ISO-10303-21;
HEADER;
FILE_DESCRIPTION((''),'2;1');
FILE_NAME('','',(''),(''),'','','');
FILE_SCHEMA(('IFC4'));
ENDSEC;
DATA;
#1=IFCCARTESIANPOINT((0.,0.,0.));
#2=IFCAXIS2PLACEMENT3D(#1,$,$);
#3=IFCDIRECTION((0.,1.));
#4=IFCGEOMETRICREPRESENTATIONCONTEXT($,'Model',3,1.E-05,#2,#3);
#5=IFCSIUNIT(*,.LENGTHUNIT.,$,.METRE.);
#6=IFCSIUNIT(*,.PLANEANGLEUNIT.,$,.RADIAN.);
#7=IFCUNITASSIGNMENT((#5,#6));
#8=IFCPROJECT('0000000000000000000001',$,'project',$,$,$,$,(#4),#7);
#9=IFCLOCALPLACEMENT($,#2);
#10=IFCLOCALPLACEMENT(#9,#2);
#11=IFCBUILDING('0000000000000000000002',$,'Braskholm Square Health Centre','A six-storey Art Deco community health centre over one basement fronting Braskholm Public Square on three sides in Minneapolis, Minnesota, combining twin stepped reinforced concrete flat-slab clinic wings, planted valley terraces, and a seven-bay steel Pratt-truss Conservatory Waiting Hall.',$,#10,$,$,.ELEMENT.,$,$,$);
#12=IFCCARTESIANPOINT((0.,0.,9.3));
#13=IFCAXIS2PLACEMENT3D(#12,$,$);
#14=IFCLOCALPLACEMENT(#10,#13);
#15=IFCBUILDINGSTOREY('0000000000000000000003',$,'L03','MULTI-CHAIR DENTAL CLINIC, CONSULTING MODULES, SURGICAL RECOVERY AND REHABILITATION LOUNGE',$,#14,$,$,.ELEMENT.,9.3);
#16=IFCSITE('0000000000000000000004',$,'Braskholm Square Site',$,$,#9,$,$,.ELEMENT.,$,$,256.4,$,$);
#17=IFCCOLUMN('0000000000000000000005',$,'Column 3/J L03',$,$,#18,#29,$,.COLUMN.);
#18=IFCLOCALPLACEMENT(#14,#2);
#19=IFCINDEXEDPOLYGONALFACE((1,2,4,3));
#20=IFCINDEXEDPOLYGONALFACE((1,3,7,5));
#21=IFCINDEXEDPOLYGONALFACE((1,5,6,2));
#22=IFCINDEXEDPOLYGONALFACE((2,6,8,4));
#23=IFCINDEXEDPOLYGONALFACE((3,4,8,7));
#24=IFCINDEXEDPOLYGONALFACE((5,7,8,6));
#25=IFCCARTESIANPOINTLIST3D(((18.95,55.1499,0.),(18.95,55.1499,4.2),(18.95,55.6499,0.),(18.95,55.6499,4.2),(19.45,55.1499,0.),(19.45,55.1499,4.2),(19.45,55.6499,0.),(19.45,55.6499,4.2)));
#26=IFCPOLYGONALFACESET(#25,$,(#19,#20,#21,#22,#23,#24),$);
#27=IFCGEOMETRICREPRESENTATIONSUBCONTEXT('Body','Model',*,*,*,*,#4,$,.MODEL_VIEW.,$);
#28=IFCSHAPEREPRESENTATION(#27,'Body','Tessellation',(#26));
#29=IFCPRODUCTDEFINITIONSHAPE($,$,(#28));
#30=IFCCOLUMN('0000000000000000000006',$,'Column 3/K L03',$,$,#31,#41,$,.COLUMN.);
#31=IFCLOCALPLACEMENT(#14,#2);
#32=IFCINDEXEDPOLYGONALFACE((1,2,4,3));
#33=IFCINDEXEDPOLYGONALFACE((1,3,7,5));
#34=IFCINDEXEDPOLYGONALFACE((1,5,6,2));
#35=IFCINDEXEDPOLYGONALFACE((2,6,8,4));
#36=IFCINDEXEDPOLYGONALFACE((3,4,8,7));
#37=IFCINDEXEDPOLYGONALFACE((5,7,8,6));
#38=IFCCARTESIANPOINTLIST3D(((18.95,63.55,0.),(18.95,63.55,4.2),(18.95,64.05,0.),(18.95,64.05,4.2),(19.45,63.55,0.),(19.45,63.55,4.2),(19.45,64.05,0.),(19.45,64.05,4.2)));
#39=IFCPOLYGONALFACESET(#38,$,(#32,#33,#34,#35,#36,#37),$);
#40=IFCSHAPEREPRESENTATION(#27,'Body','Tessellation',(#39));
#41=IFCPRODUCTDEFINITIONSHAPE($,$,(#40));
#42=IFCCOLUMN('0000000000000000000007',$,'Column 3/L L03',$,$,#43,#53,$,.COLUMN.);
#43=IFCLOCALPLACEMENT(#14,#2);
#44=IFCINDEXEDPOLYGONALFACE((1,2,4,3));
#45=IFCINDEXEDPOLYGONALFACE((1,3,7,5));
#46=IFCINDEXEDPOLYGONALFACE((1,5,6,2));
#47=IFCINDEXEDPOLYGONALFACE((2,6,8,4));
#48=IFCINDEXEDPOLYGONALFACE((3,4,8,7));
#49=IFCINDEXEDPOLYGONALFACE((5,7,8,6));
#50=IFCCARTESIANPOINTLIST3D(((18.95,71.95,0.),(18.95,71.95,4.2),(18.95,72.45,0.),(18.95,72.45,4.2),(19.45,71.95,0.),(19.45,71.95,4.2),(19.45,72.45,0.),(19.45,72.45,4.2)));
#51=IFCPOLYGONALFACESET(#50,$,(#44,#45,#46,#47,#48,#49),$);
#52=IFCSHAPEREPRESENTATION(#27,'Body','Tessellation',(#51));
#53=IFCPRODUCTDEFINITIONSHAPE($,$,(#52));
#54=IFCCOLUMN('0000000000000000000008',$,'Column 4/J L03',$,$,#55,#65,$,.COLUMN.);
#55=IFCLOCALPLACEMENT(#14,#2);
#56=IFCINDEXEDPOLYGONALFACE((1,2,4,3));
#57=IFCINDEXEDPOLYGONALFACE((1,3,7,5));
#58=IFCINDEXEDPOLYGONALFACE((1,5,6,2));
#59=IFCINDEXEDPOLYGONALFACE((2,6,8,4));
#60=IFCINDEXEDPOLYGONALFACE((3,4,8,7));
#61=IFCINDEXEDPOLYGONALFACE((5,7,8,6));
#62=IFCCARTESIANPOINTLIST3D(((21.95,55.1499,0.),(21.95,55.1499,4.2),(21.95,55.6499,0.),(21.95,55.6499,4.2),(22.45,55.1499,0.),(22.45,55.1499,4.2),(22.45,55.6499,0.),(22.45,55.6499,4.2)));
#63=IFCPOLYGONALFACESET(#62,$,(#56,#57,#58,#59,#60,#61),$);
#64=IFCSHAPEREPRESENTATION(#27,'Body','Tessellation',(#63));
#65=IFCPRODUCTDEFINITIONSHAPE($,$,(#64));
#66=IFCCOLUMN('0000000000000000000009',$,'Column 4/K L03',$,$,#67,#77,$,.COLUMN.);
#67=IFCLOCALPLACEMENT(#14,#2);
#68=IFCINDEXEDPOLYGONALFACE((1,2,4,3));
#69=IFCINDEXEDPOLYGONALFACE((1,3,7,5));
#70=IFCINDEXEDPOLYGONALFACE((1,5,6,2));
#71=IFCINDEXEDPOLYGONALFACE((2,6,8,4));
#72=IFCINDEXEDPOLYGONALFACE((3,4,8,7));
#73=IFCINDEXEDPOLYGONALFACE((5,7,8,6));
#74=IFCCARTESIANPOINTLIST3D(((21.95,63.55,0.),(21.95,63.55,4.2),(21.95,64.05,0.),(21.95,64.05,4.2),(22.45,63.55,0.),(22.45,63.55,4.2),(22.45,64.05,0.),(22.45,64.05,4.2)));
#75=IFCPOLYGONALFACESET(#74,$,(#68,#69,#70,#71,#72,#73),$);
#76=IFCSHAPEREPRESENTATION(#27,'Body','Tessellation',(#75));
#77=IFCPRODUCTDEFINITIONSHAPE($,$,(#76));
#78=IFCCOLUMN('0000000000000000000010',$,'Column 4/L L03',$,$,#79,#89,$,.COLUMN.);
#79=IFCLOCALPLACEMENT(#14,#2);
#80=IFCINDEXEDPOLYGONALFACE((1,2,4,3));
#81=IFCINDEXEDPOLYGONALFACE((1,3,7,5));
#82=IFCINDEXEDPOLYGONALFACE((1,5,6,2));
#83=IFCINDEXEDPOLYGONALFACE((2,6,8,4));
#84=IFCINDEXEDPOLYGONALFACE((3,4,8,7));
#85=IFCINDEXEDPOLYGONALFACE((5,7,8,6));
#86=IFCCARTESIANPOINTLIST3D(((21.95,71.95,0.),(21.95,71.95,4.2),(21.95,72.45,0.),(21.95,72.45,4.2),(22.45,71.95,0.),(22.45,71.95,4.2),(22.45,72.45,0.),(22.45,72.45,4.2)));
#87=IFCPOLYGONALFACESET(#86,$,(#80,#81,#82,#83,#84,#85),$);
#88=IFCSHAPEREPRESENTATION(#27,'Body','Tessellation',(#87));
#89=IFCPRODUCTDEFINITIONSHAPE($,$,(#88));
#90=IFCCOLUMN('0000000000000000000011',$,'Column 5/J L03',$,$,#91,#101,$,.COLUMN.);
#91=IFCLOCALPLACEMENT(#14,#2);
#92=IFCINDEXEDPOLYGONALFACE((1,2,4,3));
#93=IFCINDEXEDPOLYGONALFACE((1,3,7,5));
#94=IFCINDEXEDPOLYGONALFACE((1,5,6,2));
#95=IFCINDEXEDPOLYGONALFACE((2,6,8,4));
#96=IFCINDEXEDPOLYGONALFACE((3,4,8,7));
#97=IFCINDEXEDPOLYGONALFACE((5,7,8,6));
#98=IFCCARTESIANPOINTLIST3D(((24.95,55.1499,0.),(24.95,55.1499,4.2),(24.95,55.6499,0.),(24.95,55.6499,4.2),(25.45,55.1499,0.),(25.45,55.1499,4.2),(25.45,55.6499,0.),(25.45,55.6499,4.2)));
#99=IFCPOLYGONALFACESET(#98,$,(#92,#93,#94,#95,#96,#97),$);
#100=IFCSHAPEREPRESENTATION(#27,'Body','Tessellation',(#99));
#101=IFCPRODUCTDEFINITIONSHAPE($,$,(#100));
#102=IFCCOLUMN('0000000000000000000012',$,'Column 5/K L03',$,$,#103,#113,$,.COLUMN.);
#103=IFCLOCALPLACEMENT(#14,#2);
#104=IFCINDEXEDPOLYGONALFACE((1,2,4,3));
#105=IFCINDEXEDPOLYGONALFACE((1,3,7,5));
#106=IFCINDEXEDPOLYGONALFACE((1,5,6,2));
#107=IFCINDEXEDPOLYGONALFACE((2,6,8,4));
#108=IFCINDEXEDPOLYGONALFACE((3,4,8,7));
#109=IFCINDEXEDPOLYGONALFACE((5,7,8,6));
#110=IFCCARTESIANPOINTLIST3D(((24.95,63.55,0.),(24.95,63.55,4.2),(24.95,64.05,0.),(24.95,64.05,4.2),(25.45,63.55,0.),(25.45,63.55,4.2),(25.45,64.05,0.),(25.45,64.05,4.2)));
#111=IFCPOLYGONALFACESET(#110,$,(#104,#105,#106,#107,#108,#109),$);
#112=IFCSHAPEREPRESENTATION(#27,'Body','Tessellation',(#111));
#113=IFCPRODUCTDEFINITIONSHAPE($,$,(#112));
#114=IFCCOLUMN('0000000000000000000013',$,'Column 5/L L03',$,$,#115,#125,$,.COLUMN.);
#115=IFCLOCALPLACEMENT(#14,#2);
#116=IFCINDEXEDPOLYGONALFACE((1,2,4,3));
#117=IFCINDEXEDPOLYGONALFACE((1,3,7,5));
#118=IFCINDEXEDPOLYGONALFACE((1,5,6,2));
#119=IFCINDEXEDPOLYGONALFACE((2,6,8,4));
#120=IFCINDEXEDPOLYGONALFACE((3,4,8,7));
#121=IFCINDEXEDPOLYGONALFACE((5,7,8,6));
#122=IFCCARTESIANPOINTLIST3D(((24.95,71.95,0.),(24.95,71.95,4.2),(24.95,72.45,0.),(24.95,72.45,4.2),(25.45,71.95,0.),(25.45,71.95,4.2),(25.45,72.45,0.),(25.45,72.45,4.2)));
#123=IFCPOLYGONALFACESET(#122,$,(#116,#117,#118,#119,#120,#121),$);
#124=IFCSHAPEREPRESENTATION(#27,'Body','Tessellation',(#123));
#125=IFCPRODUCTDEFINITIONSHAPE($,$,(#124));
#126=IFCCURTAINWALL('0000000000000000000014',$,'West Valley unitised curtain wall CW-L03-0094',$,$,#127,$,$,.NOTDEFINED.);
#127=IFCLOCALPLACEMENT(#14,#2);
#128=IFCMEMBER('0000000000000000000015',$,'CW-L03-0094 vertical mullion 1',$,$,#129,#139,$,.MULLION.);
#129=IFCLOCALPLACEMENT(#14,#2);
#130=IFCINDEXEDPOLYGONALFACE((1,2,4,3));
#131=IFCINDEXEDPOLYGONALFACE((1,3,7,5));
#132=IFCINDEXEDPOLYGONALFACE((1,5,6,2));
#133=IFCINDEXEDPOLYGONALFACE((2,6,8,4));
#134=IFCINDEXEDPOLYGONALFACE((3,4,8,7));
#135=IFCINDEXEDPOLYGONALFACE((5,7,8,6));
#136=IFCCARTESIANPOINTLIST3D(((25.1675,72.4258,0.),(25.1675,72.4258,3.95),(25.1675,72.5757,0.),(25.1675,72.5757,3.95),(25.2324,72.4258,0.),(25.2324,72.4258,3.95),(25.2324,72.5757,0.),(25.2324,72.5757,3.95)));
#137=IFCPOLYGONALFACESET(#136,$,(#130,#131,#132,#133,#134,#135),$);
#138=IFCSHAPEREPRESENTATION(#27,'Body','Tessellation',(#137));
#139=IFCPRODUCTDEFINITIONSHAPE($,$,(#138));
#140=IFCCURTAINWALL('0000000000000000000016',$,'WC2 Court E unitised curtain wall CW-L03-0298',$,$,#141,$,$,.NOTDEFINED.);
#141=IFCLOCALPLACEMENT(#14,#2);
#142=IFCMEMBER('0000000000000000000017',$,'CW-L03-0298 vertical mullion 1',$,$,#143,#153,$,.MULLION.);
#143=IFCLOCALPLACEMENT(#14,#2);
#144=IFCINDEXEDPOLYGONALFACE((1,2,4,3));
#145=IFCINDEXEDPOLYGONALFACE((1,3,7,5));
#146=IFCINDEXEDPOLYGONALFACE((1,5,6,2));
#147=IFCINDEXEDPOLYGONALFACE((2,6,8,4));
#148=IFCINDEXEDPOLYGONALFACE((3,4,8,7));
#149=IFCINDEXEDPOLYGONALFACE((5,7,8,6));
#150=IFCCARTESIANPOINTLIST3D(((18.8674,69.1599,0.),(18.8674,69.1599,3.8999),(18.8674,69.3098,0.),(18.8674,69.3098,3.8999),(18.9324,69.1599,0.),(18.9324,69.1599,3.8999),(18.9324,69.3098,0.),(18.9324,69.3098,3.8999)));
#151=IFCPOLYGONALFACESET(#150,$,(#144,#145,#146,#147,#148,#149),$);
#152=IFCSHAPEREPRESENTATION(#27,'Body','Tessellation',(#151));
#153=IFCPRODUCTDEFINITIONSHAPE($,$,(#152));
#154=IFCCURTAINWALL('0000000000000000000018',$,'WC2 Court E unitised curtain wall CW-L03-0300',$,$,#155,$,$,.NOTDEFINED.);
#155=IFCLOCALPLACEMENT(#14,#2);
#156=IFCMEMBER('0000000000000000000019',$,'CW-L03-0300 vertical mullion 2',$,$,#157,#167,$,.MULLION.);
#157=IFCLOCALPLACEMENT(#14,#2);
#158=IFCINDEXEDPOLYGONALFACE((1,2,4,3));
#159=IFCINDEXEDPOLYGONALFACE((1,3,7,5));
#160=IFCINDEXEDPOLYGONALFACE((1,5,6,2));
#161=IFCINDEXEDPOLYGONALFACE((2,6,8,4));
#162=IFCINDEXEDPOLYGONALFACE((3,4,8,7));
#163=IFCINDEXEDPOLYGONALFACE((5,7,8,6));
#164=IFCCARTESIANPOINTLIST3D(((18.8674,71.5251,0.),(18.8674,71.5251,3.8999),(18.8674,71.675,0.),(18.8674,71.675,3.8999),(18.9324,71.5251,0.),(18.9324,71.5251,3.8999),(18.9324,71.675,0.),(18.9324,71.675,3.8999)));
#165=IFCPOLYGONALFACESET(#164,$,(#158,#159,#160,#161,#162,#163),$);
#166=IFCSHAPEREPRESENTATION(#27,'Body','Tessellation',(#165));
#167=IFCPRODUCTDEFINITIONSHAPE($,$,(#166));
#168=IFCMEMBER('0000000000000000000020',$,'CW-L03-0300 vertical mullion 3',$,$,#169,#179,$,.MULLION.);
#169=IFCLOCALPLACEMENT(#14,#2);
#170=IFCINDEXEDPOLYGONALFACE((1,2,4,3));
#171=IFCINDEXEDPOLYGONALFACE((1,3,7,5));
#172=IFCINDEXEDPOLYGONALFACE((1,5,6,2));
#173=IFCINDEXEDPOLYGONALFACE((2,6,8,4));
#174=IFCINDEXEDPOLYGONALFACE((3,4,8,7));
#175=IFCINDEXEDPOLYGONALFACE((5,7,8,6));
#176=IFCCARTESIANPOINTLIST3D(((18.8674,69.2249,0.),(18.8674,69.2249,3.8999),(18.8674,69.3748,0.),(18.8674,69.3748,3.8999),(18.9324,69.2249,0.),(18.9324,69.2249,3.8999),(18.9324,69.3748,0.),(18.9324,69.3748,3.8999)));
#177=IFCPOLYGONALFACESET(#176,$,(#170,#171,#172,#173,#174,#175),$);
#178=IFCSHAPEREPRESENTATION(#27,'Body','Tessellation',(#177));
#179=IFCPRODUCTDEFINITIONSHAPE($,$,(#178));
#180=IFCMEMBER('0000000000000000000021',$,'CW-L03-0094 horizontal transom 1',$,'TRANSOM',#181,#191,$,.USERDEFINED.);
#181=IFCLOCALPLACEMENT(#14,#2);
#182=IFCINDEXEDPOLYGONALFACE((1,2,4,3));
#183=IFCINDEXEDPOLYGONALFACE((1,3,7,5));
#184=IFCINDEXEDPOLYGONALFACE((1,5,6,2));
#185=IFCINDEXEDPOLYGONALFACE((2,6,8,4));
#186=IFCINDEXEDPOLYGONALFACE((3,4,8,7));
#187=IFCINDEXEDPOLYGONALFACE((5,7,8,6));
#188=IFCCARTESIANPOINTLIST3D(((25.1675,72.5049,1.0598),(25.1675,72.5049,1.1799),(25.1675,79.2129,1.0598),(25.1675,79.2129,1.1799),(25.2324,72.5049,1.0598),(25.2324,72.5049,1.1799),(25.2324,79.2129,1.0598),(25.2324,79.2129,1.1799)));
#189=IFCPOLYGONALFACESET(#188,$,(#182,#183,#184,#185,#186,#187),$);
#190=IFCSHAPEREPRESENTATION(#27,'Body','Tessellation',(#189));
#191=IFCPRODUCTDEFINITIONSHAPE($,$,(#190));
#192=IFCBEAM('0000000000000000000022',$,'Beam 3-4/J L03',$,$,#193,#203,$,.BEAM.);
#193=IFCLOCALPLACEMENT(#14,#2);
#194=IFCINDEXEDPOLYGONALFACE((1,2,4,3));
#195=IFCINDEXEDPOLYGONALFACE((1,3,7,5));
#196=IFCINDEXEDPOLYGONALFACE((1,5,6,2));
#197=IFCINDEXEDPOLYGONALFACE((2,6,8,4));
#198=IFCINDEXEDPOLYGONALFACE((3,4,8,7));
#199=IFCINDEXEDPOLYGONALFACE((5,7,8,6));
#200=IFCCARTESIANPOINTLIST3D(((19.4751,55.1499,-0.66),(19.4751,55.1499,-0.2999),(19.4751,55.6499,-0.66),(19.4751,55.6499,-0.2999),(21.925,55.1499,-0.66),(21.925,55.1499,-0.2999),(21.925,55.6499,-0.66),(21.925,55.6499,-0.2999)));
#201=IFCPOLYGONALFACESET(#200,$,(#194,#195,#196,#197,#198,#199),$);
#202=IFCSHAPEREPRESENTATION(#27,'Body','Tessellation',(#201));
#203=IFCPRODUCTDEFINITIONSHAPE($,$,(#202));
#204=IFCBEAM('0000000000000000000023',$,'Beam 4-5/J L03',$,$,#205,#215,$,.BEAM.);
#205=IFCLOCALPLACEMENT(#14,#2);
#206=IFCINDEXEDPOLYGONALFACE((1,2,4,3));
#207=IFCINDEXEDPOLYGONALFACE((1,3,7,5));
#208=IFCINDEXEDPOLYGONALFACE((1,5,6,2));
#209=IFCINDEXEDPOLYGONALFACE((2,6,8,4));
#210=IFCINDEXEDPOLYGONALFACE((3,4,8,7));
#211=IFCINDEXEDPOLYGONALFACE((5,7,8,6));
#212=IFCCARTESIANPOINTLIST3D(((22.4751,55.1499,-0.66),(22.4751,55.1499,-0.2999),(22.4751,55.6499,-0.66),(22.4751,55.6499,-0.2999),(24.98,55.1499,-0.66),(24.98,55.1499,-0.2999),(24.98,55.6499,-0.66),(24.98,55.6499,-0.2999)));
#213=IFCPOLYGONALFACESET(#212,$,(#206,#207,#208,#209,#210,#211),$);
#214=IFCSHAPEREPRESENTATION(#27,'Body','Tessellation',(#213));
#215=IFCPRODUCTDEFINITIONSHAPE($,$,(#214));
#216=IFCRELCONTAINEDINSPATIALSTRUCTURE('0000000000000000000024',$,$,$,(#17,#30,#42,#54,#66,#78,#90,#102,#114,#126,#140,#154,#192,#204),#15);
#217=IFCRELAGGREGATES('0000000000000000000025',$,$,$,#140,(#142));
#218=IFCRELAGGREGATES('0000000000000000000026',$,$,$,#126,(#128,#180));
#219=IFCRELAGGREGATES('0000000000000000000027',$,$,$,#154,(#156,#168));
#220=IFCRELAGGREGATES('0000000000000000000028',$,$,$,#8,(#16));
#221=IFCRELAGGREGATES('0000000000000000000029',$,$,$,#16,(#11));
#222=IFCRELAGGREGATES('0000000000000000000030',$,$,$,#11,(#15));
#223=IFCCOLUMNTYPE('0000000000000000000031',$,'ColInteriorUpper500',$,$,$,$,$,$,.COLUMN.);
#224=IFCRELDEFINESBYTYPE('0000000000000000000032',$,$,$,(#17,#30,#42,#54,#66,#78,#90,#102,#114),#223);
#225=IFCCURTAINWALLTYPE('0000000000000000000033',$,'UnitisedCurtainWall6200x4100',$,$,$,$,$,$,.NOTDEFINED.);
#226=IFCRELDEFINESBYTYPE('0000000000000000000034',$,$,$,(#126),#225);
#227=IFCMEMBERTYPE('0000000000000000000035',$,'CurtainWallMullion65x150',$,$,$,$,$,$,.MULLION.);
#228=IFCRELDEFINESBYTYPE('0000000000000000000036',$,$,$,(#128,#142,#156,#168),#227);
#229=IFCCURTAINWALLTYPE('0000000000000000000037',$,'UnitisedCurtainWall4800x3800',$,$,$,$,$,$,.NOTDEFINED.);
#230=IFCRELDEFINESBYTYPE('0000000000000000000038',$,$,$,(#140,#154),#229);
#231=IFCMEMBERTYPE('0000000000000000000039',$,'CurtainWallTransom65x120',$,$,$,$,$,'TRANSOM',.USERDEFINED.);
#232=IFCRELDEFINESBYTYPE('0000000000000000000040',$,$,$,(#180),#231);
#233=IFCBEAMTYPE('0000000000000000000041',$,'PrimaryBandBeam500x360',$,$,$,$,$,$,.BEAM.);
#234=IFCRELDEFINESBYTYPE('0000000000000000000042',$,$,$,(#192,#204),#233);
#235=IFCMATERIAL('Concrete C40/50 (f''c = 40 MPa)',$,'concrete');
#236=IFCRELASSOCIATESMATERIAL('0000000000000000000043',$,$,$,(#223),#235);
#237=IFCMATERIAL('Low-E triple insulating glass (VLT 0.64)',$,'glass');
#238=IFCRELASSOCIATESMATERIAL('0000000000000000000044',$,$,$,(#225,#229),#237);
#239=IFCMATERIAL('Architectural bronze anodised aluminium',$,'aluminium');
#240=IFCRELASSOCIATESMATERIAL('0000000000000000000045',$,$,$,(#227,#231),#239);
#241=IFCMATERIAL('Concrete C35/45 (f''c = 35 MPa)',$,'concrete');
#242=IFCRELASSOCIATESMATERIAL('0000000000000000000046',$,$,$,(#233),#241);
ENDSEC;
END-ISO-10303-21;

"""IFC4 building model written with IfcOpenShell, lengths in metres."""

from ifc_helpers import new_model, si_unit, direction, frame, origin, origin_2d, place, context, subcontext, project, spatial, rectangle, extrude, material, material_profile, profile_set, type_object, element, aggregate, save


model = new_model("IFC4")

# Units and contexts
model_context = context("Model", 3, precision=1e-05, world=origin(), true_north=direction((0.0, 1.0)))
body_context = subcontext(model_context, "Body", "Model", "MODEL_VIEW")
ifc_project = project(units=[si_unit("LENGTHUNIT", "METRE"), si_unit("PLANEANGLEUNIT", "RADIAN")], contexts=[model_context])

# Site, building, storey
site_placement = place(None, origin())
site = spatial("IfcSite", under=ifc_project, at=site_placement, Name="Braskholm Square Site", CompositionType="ELEMENT", RefElevation=256.4)
building_placement = place(site_placement, origin())
building = spatial("IfcBuilding", under=site, at=building_placement, Name="Braskholm Square Health Centre", Description="A six-storey Art Deco community health centre over one basement fronting Braskholm Public Square on three sides in Minneapolis, Minnesota, combining twin stepped reinforced concrete flat-slab clinic wings, planted valley terraces, and a seven-bay steel Pratt-truss Conservatory Waiting Hall.", CompositionType="ELEMENT")
storey_placement = place(building_placement, frame((0.0, 0.0, 9.3)))
storey = spatial("IfcBuildingStorey", under=building, at=storey_placement, Name="L03", Description="MULTI-CHAIR DENTAL CLINIC, CONSULTING MODULES, SURGICAL RECOVERY AND REHABILITATION LOUNGE", CompositionType="ELEMENT", Elevation=9.3)

# Columns
ifc_material_1 = material(Name="Concrete C40/50 (f'c = 40 MPa)", Category="concrete")
ifc_material_profile_1 = material_profile(ifc_material_1, rectangle(XDim=0.5, YDim=0.5, at=origin_2d()), Name="RC-500X500")
ifc_profile_set_1 = profile_set([ifc_material_profile_1], Name="Concrete C40/50 (f'c = 40 MPa)")
column_type = type_object("IfcColumnType", Name="ColInteriorUpper500", PredefinedType="COLUMN", material=ifc_profile_set_1)
for number, where, z_axis, x_axis, name in (
    (1, (19.2, 55.3999, 0.0), (0.0, 0.0, 1.0), (1.0, 0.0, 0.0), "Column 3/J L03"),
    (2, (19.2, 63.8, 0.0), (0.0, 0.0, 1.0), (1.0, 0.0, 0.0), "Column 3/K L03"),
    (3, (19.2, 72.2, 0.0), (0.0, 0.0, 1.0), (1.0, 0.0, 0.0), "Column 3/L L03"),
    (4, (22.2, 55.3999, 0.0), (0.0, 0.0, 1.0), (1.0, 0.0, 0.0), "Column 4/J L03"),
    (5, (22.2, 63.8, 0.0), (0.0, 0.0, 1.0), (1.0, 0.0, 0.0), "Column 4/K L03"),
    (6, (22.2, 72.2, 0.0), (0.0, 0.0, 1.0), (1.0, 0.0, 0.0), "Column 4/L L03"),
    (7, (25.2, 55.3999, 0.0), (0.0, 0.0, 1.0), (1.0, 0.0, 0.0), "Column 5/J L03"),
    (8, (25.2, 63.8, 0.0), (0.0, 0.0, 1.0), (1.0, 0.0, 0.0), "Column 5/K L03"),
    (9, (25.2, 72.2, 0.0), (0.0, 0.0, 1.0), (1.0, 0.0, 0.0), "Column 5/L L03"),
):
    element("IfcColumn", number, at=place(storey_placement, frame(where, z_axis=z_axis, x_axis=x_axis)), inside=storey, type_object=column_type, Name=name, PredefinedType="COLUMN", context=body_context, shape_type="SweptSolid", body=[
        extrude(rectangle(XDim=0.5, YDim=0.5, at=origin_2d()), origin(), (0.0, 0.0, 1.0), 4.2),
    ])

# Curtain walls, members
ifc_material_2 = material(Name="Low-E triple insulating glass (VLT 0.64)", Category="glass")
curtain_wall_type_1 = type_object("IfcCurtainWallType", Name="UnitisedCurtainWall6200x4100", PredefinedType="NOTDEFINED", material=ifc_material_2)
curtain_wall_1_placement = place(storey_placement, origin())
curtain_wall_1 = element("IfcCurtainWall", 10, at=curtain_wall_1_placement, inside=storey, type_object=curtain_wall_type_1, Name="West Valley unitised curtain wall CW-L03-0094", PredefinedType="NOTDEFINED")
ifc_material_3 = material(Name="Architectural bronze anodised aluminium", Category="aluminium")
ifc_material_profile_2 = material_profile(ifc_material_3, rectangle(XDim=0.0649, YDim=0.1499, at=origin_2d()), Name="ALU-65X150")
ifc_profile_set_2 = profile_set([ifc_material_profile_2], Name="Architectural bronze anodised aluminium")
member_type_1 = type_object("IfcMemberType", Name="CurtainWallMullion65x150", PredefinedType="MULLION", material=ifc_profile_set_2)
member_1_placement = place(storey_placement, frame((25.2, 72.5007, 0.0), z_axis=(0.0, 0.0, 1.0), x_axis=(1.0, 0.0, 0.0)))
member_1 = element("IfcMember", 11, at=member_1_placement, type_object=member_type_1, Name="CW-L03-0094 vertical mullion 1", PredefinedType="MULLION", context=body_context, shape_type="SweptSolid", body=[
    extrude(rectangle(XDim=0.0649, YDim=0.1499, at=origin_2d()), origin(), (0.0, 0.0, 1.0), 3.95),
])
curtain_wall_type_2 = type_object("IfcCurtainWallType", Name="UnitisedCurtainWall4800x3800", PredefinedType="NOTDEFINED", material=ifc_material_2)
curtain_wall_2_placement = place(storey_placement, origin())
curtain_wall_2 = element("IfcCurtainWall", 12, at=curtain_wall_2_placement, inside=storey, type_object=curtain_wall_type_2, Name="WC2 Court E unitised curtain wall CW-L03-0298", PredefinedType="NOTDEFINED")
member_2_placement = place(storey_placement, frame((18.8999, 69.2349, 0.0), z_axis=(0.0, 0.0, 1.0), x_axis=(1.0, 0.0, 0.0)))
member_2 = element("IfcMember", 13, at=member_2_placement, type_object=member_type_1, Name="CW-L03-0298 vertical mullion 1", PredefinedType="MULLION", context=body_context, shape_type="SweptSolid", body=[
    extrude(rectangle(XDim=0.0649, YDim=0.1499, at=origin_2d()), origin(), (0.0, 0.0, 1.0), 3.8999),
])
aggregate(curtain_wall_2, [member_2])

# Curtain wall, members
curtain_wall_3_placement = place(storey_placement, origin())
curtain_wall_3 = element("IfcCurtainWall", 14, at=curtain_wall_3_placement, inside=storey, type_object=curtain_wall_type_2, Name="WC2 Court E unitised curtain wall CW-L03-0300", PredefinedType="NOTDEFINED")
member_3_placement = place(storey_placement, frame((18.8999, 71.6001, 0.0), z_axis=(0.0, 0.0, 1.0), x_axis=(1.0, 0.0, 0.0)))
member_3 = element("IfcMember", 15, at=member_3_placement, type_object=member_type_1, Name="CW-L03-0300 vertical mullion 2", PredefinedType="MULLION", context=body_context, shape_type="SweptSolid", body=[
    extrude(rectangle(XDim=0.0649, YDim=0.1499, at=origin_2d()), origin(), (0.0, 0.0, 1.0), 3.8999),
])
member_4_placement = place(storey_placement, frame((18.8999, 69.2998, 0.0), z_axis=(0.0, 0.0, 1.0), x_axis=(1.0, 0.0, 0.0)))
member_4 = element("IfcMember", 16, at=member_4_placement, type_object=member_type_1, Name="CW-L03-0300 vertical mullion 3", PredefinedType="MULLION", context=body_context, shape_type="SweptSolid", body=[
    extrude(rectangle(XDim=0.0649, YDim=0.1499, at=origin_2d()), origin(), (0.0, 0.0, 1.0), 3.8999),
])

# Member
ifc_material_profile_3 = material_profile(ifc_material_3, rectangle(XDim=0.0649, YDim=0.1201, at=origin_2d()), Name="ALU-65X120")
ifc_profile_set_3 = profile_set([ifc_material_profile_3], Name="Architectural bronze anodised aluminium")
member_type_2 = type_object("IfcMemberType", Name="CurtainWallTransom65x120", ElementType="TRANSOM", PredefinedType="USERDEFINED", material=ifc_profile_set_3)
member_5_placement = place(storey_placement, frame((25.2, 72.5049, 1.1199), z_axis=(0.0, 1.0, 0.0), x_axis=(-1.0, 0.0, 0.0)))
member_5 = element("IfcMember", 17, at=member_5_placement, type_object=member_type_2, Name="CW-L03-0094 horizontal transom 1", ObjectType="TRANSOM", PredefinedType="USERDEFINED", context=body_context, shape_type="SweptSolid", body=[
    extrude(rectangle(XDim=0.0649, YDim=0.1201, at=origin_2d()), origin(), (0.0, 0.0, 1.0), 6.708),
])
aggregate(curtain_wall_1, [member_1, member_5])

# Beams
ifc_material_4 = material(Name="Concrete C35/45 (f'c = 35 MPa)", Category="concrete")
ifc_material_profile_4 = material_profile(ifc_material_4, rectangle(XDim=0.5, YDim=0.3601, at=origin_2d()), Name="RCB-500X360")
ifc_profile_set_4 = profile_set([ifc_material_profile_4], Name="Concrete C35/45 (f'c = 35 MPa)")
beam_type_1 = type_object("IfcBeamType", Name="PrimaryBandBeam500x360", PredefinedType="BEAM", material=ifc_profile_set_4)
beam_1_placement = place(storey_placement, frame((19.4751, 55.3999, -0.48), z_axis=(1.0, 0.0, 0.0), x_axis=(0.0, 1.0, 0.0)))
element("IfcBeam", 18, at=beam_1_placement, inside=storey, type_object=beam_type_1, Name="Beam 3-4/J L03", PredefinedType="BEAM", context=body_context, shape_type="SweptSolid", body=[
    extrude(rectangle(XDim=0.5, YDim=0.3601, at=origin_2d()), origin(), (0.0, 0.0, 1.0), 2.45),
])
beam_2_placement = place(storey_placement, frame((22.4751, 55.3999, -0.48), z_axis=(1.0, 0.0, 0.0), x_axis=(0.0, 1.0, 0.0)))
element("IfcBeam", 19, at=beam_2_placement, inside=storey, type_object=beam_type_1, Name="Beam 4-5/J L03", PredefinedType="BEAM", context=body_context, shape_type="SweptSolid", body=[
    extrude(rectangle(XDim=0.5, YDim=0.3601, at=origin_2d()), origin(), (0.0, 0.0, 1.0), 2.5049),
])

aggregate(curtain_wall_3, [member_3, member_4])

save(model, "model.ifc")
